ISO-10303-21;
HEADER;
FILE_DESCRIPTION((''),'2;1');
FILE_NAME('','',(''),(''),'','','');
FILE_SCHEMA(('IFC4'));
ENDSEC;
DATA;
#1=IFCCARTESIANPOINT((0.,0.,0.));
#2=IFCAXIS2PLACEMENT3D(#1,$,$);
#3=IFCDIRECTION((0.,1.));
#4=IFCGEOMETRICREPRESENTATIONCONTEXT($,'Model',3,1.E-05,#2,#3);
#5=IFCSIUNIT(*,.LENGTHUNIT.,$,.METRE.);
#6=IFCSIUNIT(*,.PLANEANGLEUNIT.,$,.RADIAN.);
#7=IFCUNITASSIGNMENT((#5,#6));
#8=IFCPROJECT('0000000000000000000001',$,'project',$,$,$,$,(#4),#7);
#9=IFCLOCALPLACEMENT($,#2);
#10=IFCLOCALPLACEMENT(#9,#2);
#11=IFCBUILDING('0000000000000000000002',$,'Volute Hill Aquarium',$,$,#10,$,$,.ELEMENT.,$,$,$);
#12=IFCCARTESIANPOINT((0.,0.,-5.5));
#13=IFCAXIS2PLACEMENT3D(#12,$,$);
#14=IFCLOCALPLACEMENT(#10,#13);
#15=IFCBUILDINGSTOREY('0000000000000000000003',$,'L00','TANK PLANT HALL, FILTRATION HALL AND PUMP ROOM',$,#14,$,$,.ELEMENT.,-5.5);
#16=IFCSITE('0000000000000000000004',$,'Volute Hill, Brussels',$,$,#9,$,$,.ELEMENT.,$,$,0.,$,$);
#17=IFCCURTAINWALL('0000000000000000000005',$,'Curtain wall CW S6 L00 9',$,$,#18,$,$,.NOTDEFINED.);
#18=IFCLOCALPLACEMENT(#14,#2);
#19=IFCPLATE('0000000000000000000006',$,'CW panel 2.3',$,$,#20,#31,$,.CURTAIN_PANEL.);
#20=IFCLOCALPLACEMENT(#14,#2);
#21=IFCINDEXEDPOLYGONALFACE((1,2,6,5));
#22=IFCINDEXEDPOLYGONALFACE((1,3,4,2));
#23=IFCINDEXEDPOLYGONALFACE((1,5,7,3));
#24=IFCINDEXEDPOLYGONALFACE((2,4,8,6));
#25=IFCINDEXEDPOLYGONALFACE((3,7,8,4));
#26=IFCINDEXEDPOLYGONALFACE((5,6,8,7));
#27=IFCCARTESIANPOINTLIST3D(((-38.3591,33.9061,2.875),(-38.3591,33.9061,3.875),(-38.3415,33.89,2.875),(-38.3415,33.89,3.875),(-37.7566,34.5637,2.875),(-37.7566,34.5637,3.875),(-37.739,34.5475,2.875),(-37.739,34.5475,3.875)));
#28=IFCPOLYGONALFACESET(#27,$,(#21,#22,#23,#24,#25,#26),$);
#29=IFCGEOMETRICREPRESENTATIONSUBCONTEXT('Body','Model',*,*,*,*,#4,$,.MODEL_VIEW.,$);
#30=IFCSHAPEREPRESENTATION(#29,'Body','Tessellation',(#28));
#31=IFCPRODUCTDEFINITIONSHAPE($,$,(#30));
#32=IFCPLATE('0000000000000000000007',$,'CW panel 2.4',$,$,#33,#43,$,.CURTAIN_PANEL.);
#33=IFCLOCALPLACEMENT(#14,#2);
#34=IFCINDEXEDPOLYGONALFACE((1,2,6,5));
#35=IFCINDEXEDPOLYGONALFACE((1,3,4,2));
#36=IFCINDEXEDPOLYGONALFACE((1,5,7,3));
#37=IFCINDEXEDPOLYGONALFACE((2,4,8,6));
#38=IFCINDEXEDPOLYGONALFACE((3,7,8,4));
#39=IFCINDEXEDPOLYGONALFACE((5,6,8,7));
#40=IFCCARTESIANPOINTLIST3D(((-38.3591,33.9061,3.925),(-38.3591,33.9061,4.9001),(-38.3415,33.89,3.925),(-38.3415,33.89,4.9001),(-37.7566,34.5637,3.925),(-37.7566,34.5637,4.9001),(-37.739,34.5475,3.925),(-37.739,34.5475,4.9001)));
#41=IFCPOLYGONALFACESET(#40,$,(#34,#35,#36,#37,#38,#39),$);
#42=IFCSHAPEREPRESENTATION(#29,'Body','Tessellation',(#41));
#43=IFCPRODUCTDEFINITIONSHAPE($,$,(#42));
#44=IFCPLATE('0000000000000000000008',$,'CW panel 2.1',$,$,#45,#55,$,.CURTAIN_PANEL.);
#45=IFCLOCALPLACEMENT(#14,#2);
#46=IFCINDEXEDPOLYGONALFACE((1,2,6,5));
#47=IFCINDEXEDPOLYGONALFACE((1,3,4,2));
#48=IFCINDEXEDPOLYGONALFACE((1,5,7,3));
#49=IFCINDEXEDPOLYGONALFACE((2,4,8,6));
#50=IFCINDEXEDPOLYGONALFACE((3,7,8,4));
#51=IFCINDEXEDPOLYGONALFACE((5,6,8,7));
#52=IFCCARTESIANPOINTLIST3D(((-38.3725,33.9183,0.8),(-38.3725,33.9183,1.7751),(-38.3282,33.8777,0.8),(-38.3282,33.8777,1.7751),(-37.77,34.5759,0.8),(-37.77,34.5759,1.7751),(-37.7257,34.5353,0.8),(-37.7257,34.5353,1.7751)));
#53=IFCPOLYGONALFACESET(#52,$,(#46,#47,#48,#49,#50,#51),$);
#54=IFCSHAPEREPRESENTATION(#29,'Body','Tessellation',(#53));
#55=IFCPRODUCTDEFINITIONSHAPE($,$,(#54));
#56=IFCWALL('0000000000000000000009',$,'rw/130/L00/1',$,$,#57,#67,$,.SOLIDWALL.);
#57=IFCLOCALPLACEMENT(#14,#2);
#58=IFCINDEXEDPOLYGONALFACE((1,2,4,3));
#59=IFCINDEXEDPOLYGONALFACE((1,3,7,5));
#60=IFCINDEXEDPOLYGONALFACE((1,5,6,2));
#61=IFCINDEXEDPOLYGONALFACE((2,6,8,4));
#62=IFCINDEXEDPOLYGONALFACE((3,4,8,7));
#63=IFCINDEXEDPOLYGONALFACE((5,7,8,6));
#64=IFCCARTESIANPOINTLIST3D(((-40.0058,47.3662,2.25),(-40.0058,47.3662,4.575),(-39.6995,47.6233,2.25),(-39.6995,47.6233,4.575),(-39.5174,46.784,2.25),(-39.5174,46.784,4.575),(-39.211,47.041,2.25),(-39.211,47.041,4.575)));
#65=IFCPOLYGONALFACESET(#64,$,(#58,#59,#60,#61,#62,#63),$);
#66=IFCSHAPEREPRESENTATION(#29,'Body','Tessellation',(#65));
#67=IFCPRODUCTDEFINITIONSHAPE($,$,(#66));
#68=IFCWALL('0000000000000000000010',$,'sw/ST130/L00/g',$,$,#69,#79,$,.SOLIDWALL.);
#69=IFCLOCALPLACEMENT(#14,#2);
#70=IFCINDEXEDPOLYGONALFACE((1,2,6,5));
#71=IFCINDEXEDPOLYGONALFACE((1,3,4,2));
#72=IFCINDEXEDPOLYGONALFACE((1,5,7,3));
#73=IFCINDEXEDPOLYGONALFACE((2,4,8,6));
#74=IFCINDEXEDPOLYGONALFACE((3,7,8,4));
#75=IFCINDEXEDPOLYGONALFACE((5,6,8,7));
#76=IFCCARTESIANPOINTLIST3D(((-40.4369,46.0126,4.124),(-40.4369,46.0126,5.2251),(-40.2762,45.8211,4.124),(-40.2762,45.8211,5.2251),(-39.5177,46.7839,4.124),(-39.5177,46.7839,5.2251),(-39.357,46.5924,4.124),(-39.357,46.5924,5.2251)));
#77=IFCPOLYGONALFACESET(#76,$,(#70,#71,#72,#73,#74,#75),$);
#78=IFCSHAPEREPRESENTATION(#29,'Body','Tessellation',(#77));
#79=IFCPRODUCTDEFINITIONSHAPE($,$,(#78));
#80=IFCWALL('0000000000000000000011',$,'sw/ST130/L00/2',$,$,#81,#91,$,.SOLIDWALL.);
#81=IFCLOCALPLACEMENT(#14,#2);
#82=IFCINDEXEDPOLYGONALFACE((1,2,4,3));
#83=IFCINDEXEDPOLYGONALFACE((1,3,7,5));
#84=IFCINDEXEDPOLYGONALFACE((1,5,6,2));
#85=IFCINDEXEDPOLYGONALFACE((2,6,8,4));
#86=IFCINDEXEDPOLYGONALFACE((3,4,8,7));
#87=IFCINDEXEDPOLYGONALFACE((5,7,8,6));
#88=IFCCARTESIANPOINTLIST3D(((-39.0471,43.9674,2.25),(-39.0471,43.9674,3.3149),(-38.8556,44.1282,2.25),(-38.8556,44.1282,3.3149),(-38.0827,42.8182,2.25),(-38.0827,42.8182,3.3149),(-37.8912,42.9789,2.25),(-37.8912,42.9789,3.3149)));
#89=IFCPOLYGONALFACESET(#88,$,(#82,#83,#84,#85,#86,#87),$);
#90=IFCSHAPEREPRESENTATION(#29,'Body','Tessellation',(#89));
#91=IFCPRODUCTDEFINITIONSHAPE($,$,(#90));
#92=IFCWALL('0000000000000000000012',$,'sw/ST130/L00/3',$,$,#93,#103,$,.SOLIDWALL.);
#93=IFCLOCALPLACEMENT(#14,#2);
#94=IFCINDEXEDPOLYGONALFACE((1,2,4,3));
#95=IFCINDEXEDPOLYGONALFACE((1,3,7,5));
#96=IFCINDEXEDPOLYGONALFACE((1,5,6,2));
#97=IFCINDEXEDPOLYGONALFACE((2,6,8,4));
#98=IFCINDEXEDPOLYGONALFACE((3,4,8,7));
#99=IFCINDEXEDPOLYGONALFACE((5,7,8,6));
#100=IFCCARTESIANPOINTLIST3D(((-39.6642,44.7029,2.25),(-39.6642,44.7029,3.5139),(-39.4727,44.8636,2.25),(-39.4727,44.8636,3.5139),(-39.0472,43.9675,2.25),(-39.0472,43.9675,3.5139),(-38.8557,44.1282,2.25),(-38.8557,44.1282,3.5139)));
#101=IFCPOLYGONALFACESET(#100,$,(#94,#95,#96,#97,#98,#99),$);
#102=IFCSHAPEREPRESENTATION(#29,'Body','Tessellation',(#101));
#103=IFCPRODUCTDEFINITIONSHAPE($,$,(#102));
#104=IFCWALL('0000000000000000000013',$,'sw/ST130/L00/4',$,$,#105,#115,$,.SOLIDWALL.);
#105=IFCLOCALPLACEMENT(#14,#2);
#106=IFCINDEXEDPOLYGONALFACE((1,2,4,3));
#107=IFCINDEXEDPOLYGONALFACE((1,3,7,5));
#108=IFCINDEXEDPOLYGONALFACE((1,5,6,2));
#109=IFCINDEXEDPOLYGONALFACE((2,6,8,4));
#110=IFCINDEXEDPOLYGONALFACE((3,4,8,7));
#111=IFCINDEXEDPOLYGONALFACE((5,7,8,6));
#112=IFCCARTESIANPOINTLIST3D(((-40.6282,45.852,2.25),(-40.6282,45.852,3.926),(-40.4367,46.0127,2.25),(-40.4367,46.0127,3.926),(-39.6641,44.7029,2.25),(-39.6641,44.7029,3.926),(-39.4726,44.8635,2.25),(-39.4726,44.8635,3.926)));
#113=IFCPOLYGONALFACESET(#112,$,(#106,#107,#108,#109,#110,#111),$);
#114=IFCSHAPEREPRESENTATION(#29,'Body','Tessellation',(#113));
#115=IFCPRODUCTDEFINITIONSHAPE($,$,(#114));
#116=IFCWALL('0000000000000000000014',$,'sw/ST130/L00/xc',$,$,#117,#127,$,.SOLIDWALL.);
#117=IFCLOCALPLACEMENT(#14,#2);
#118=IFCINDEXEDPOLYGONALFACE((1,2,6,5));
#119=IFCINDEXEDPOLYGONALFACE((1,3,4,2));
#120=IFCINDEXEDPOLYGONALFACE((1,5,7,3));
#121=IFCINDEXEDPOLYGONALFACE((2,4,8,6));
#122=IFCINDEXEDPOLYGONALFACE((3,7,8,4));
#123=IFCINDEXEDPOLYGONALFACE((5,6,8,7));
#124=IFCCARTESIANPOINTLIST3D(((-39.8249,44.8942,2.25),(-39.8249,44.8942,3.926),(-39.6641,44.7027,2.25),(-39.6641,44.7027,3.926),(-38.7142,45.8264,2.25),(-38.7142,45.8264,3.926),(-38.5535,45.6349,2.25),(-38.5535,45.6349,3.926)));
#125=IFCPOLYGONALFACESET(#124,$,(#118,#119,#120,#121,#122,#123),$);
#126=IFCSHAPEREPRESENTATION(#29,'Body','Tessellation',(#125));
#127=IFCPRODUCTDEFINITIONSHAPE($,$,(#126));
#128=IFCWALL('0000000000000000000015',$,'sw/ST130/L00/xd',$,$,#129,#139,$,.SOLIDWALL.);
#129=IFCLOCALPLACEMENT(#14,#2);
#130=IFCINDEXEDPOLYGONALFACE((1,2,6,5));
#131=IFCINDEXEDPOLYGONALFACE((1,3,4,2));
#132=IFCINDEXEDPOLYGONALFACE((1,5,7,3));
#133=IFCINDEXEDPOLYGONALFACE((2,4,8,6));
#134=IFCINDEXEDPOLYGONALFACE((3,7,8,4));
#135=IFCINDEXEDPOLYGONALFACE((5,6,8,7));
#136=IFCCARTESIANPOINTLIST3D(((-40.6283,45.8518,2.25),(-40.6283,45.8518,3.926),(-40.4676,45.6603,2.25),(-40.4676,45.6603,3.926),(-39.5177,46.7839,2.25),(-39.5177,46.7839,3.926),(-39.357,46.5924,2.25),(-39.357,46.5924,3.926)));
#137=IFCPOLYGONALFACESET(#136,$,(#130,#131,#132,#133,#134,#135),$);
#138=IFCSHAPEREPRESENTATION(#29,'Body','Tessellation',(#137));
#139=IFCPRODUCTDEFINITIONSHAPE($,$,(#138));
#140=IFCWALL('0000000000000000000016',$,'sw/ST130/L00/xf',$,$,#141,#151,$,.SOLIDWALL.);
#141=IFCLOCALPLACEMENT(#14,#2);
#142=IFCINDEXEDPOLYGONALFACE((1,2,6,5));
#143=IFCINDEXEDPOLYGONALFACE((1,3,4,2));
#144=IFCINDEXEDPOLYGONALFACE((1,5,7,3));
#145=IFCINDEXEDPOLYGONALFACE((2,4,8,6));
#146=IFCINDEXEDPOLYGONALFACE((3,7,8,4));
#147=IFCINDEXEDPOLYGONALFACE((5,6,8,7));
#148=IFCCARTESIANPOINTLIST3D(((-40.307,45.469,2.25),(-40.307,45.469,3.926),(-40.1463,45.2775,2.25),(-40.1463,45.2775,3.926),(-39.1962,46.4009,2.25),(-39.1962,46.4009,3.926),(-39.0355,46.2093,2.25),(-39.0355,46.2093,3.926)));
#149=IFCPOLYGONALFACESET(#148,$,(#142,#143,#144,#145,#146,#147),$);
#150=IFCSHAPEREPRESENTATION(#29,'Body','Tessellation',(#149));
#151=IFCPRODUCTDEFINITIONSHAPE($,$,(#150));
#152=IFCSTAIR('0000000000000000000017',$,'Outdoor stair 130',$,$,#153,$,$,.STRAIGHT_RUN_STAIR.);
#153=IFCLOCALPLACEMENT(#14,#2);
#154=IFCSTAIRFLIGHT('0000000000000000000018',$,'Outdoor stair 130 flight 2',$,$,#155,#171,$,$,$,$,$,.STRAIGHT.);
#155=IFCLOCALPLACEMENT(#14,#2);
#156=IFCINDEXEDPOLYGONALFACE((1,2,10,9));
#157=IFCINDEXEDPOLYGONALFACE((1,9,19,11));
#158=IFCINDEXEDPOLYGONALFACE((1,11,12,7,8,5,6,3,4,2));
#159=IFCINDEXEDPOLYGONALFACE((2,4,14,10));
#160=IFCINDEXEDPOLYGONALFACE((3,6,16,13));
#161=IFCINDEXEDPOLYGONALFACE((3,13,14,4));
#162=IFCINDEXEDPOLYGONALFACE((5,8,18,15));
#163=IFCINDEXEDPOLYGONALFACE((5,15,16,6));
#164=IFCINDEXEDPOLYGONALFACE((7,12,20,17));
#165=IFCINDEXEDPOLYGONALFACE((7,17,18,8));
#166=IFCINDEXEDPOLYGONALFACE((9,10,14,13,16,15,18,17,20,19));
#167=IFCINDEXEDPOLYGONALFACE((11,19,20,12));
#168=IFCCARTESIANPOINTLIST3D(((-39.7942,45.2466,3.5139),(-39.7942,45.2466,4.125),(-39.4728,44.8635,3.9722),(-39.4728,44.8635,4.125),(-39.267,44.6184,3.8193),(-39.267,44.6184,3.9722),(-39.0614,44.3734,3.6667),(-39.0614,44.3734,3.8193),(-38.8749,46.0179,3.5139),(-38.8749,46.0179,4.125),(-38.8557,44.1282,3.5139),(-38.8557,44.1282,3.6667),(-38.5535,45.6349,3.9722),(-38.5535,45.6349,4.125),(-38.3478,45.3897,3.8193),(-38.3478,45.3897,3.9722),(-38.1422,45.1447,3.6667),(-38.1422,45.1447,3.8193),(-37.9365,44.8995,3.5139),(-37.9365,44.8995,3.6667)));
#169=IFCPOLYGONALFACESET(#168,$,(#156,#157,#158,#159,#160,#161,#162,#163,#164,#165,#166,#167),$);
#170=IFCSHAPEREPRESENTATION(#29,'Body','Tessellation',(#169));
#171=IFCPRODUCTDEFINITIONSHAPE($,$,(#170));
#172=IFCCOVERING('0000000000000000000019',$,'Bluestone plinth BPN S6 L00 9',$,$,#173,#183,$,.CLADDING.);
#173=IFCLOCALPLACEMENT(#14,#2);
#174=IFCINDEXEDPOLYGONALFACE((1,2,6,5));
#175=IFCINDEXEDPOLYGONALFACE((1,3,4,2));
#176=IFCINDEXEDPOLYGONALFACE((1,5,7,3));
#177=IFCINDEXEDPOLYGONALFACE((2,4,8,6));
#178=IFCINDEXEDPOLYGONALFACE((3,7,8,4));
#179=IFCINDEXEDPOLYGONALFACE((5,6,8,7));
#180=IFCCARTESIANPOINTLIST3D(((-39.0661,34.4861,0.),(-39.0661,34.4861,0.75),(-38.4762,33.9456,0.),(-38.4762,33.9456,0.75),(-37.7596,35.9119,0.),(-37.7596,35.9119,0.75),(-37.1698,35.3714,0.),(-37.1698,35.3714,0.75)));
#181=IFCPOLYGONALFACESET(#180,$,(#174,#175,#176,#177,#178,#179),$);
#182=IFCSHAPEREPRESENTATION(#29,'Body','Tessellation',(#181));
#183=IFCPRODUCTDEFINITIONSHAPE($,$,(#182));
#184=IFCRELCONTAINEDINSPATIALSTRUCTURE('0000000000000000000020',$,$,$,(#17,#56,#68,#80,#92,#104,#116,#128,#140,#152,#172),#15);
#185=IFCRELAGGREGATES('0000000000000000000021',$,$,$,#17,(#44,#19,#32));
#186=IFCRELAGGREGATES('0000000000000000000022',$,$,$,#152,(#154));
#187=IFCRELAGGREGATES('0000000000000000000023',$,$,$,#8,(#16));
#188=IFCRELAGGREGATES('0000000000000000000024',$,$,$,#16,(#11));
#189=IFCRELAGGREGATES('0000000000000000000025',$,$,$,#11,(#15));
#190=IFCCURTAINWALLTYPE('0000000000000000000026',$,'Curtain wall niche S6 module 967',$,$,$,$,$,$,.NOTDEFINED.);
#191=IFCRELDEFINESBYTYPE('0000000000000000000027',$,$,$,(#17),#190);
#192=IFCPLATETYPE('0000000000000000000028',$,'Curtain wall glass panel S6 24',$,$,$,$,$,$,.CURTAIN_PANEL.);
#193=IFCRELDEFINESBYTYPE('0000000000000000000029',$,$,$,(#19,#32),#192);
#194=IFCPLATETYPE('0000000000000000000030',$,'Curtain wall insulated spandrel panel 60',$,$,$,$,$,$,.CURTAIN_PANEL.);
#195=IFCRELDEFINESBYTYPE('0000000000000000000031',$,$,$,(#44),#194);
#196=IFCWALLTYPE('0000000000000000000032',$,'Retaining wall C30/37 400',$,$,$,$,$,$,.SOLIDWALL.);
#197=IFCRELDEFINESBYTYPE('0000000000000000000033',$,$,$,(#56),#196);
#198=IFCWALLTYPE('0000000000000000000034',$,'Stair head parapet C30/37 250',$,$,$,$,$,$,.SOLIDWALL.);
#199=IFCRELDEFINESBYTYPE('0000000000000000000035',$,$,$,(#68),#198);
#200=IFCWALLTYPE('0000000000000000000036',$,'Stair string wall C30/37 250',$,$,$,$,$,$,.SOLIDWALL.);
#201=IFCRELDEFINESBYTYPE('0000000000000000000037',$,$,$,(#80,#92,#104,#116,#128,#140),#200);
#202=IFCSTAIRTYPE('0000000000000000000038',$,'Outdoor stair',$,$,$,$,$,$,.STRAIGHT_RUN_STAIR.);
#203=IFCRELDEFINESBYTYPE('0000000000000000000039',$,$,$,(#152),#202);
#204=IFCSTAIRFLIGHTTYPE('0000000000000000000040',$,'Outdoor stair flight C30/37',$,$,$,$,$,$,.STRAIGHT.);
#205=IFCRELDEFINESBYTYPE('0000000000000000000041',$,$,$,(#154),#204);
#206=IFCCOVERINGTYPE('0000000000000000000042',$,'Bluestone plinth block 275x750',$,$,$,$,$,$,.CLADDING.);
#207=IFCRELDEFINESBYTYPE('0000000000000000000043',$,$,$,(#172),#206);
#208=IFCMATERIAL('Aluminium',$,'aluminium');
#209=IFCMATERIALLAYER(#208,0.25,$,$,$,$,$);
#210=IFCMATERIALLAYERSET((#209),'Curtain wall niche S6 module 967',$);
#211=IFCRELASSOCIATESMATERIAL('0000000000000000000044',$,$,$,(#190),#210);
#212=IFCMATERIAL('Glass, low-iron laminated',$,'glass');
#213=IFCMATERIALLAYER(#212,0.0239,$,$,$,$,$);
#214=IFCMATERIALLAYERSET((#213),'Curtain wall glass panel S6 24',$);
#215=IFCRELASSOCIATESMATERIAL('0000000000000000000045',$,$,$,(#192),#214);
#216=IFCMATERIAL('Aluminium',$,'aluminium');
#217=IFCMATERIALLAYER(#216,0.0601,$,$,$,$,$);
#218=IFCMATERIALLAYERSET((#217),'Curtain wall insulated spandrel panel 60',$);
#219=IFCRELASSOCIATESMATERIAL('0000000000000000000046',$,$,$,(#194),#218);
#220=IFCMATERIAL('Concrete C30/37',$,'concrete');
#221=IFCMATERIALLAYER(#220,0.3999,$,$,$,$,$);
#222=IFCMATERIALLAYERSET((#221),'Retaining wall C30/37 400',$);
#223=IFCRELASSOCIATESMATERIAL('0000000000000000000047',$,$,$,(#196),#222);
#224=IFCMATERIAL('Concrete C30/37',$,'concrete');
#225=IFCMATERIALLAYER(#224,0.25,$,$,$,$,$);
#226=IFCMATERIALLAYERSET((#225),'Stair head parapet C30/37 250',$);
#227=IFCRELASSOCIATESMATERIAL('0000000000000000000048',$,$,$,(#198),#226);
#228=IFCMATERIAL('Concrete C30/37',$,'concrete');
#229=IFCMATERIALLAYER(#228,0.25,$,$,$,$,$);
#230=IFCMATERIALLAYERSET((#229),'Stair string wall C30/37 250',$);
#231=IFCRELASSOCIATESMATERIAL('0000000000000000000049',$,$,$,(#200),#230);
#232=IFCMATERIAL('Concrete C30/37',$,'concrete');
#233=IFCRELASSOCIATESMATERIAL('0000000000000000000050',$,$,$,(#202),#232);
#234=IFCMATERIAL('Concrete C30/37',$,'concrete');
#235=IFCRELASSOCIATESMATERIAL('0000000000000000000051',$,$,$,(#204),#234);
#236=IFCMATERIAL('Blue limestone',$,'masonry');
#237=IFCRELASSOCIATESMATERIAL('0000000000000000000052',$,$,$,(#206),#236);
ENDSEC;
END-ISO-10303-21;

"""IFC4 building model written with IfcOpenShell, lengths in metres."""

from ifc_helpers import new_model, si_unit, direction, frame, frame_2d, origin, origin_2d, place, context, subcontext, project, spatial, polyline, rectangle, outline, extrude, material, layer, layer_set, type_object, element, aggregate, save


model = new_model("IFC4")

# Units and contexts
model_context = context("Model", 3, precision=1e-05, world=origin(), true_north=direction((0.0, 1.0)))
body_context = subcontext(model_context, "Body", "Model", "MODEL_VIEW")
ifc_project = project(units=[si_unit("LENGTHUNIT", "METRE"), si_unit("PLANEANGLEUNIT", "RADIAN")], contexts=[model_context])

# Site, building, storey
site_placement = place(None, origin())
site = spatial("IfcSite", under=ifc_project, at=site_placement, Name="Volute Hill, Brussels", CompositionType="ELEMENT", RefElevation=0.0)
building_placement = place(site_placement, origin())
building = spatial("IfcBuilding", under=site, at=building_placement, Name="Volute Hill Aquarium", CompositionType="ELEMENT")
storey_placement = place(building_placement, frame((0.0, 0.0, -5.5)))
storey = spatial("IfcBuildingStorey", under=building, at=storey_placement, Name="L00", Description="TANK PLANT HALL, FILTRATION HALL AND PUMP ROOM", CompositionType="ELEMENT", Elevation=-5.5)

# Curtain wall, plates
ifc_material_1 = material(Name="Aluminium", Category="aluminium")
ifc_layer_1 = layer(ifc_material_1, 0.25)
ifc_layer_set_1 = layer_set([ifc_layer_1], Name="Curtain wall niche S6 module 967")
curtain_wall_type = type_object("IfcCurtainWallType", Name="Curtain wall niche S6 module 967", PredefinedType="NOTDEFINED", material=ifc_layer_set_1)
curtain_wall_placement = place(storey_placement, origin())
curtain_wall = element("IfcCurtainWall", 1, at=curtain_wall_placement, inside=storey, type_object=curtain_wall_type, Name="Curtain wall CW S6 L00 9", PredefinedType="NOTDEFINED")
ifc_material_2 = material(Name="Glass, low-iron laminated", Category="glass")
ifc_layer_2 = layer(ifc_material_2, 0.0239)
ifc_layer_set_2 = layer_set([ifc_layer_2], Name="Curtain wall glass panel S6 24")
plate_type_1 = type_object("IfcPlateType", Name="Curtain wall glass panel S6 24", PredefinedType="CURTAIN_PANEL", material=ifc_layer_set_2)
plate_1_placement = place(storey_placement, frame((-38.0491, 34.2268, 2.875), z_axis=(0.0, 0.0, 1.0), x_axis=(-0.675582, -0.737285, 0.0)))
plate_1 = element("IfcPlate", 2, at=plate_1_placement, type_object=plate_type_1, Name="CW panel 2.3", PredefinedType="CURTAIN_PANEL", context=body_context, shape_type="SweptSolid", body=[
    extrude(rectangle(XDim=0.8918, YDim=0.0239, at=origin_2d()), origin(), (0.0, 0.0, 1.0), 1.0),
])
plate_2_placement = place(storey_placement, frame((-38.0491, 34.2268, 3.925), z_axis=(0.0, 0.0, 1.0), x_axis=(-0.675582, -0.737285, 0.0)))
plate_2 = element("IfcPlate", 3, at=plate_2_placement, type_object=plate_type_1, Name="CW panel 2.4", PredefinedType="CURTAIN_PANEL", context=body_context, shape_type="SweptSolid", body=[
    extrude(rectangle(XDim=0.8918, YDim=0.0239, at=origin_2d()), origin(), (0.0, 0.0, 1.0), 0.9751),
])
ifc_material_3 = material(Name="Aluminium", Category="aluminium")
ifc_layer_3 = layer(ifc_material_3, 0.0601)
ifc_layer_set_3 = layer_set([ifc_layer_3], Name="Curtain wall insulated spandrel panel 60")
plate_type_2 = type_object("IfcPlateType", Name="Curtain wall insulated spandrel panel 60", PredefinedType="CURTAIN_PANEL", material=ifc_layer_set_3)
plate_3_placement = place(storey_placement, frame((-38.0491, 34.2268, 0.8), z_axis=(0.0, 0.0, 1.0), x_axis=(-0.675582, -0.737285, 0.0)))
plate_3 = element("IfcPlate", 4, at=plate_3_placement, type_object=plate_type_2, Name="CW panel 2.1", PredefinedType="CURTAIN_PANEL", context=body_context, shape_type="SweptSolid", body=[
    extrude(rectangle(XDim=0.8918, YDim=0.0601, at=origin_2d()), origin(), (0.0, 0.0, 1.0), 0.9751),
])
aggregate(curtain_wall, [plate_3, plate_1, plate_2])

# Walls
ifc_material_4 = material(Name="Concrete C30/37", Category="concrete")
ifc_layer_4 = layer(ifc_material_4, 0.3999)
ifc_layer_set_4 = layer_set([ifc_layer_4], Name="Retaining wall C30/37 400")
wall_type_1 = type_object("IfcWallType", Name="Retaining wall C30/37 400", PredefinedType="SOLIDWALL", material=ifc_layer_set_4)
wall_1_placement = place(storey_placement, frame((-39.3643, 46.9126, 2.25), z_axis=(0.0, 0.0, 1.0), x_axis=(-0.64274, 0.766084, 0.0)))
element("IfcWall", 5, at=wall_1_placement, inside=storey, type_object=wall_type_1, Name="rw/130/L00/1", PredefinedType="SOLIDWALL", context=body_context, shape_type="SweptSolid", body=[
    extrude(rectangle(XDim=0.76, YDim=0.3999, at=frame_2d((0.3799, 0.0))), origin(), (0.0, 0.0, 1.0), 2.325),
])
ifc_material_5 = material(Name="Concrete C30/37", Category="concrete")
ifc_layer_5 = layer(ifc_material_5, 0.25)
ifc_layer_set_5 = layer_set([ifc_layer_5], Name="Stair head parapet C30/37 250")
wall_type_2 = type_object("IfcWallType", Name="Stair head parapet C30/37 250", PredefinedType="SOLIDWALL", material=ifc_layer_set_5)
wall_2_placement = place(storey_placement, frame((-39.4373, 46.6882, 4.124), z_axis=(0.0, 0.0, 1.0), x_axis=(-0.766065, -0.642763, 0.0)))
element("IfcWall", 6, at=wall_2_placement, inside=storey, type_object=wall_type_2, Name="sw/ST130/L00/g", PredefinedType="SOLIDWALL", context=body_context, shape_type="SweptSolid", body=[
    extrude(rectangle(XDim=1.2, YDim=0.25, at=frame_2d((0.6001, 0.0))), origin(), (0.0, 0.0, 1.0), 1.1011),
])
ifc_material_6 = material(Name="Concrete C30/37", Category="concrete")
ifc_layer_6 = layer(ifc_material_6, 0.25)
ifc_layer_set_6 = layer_set([ifc_layer_6], Name="Stair string wall C30/37 250")
wall_type_3 = type_object("IfcWallType", Name="Stair string wall C30/37 250", PredefinedType="SOLIDWALL", material=ifc_layer_set_6)
wall_3_placement = place(storey_placement, frame((-37.9871, 42.8987, 2.25), z_axis=(0.0, 0.0, 1.0), x_axis=(-0.642822, 0.766016, 0.0)))
element("IfcWall", 7, at=wall_3_placement, inside=storey, type_object=wall_type_3, Name="sw/ST130/L00/2", PredefinedType="SOLIDWALL", context=body_context, shape_type="SweptSolid", body=[
    extrude(rectangle(XDim=1.5002, YDim=0.25, at=frame_2d((0.75, 0.0))), origin(), (0.0, 0.0, 1.0), 1.0649),
])
wall_4_placement = place(storey_placement, frame((-38.9514, 44.0479, 2.25), z_axis=(0.0, 0.0, 1.0), x_axis=(-0.642733, 0.766091, 0.0)))
element("IfcWall", 8, at=wall_4_placement, inside=storey, type_object=wall_type_3, Name="sw/ST130/L00/3", PredefinedType="SOLIDWALL", context=body_context, shape_type="SweptSolid", body=[
    extrude(rectangle(XDim=0.96, YDim=0.25, at=frame_2d((0.48, 0.0))), origin(), (0.0, 0.0, 1.0), 1.2639),
])
wall_5_placement = place(storey_placement, frame((-39.5684, 44.7832, 2.25), z_axis=(0.0, 0.0, 1.0), x_axis=(-0.642726, 0.766096, 0.0)))
element("IfcWall", 9, at=wall_5_placement, inside=storey, type_object=wall_type_3, Name="sw/ST130/L00/4", PredefinedType="SOLIDWALL", context=body_context, shape_type="SweptSolid", body=[
    extrude(rectangle(XDim=1.5, YDim=0.25, at=frame_2d((0.75, 0.0))), origin(), (0.0, 0.0, 1.0), 1.676),
])
for number, where, z_axis, x_axis, name in (
    (10, (-38.6338, 45.7307, 2.25), (0.0, 0.0, 1.0), (-0.765967, -0.64288, 0.0), "sw/ST130/L00/xc"),
    (11, (-39.4373, 46.6882, 2.25), (0.0, 0.0, 1.0), (-0.765967, -0.64288, 0.0), "sw/ST130/L00/xd"),
    (12, (-39.1157, 46.3052, 2.25), (0.0, 0.0, 1.0), (-0.766119, -0.642698, 0.0), "sw/ST130/L00/xf"),
):
    element("IfcWall", number, at=place(storey_placement, frame(where, z_axis=z_axis, x_axis=x_axis)), inside=storey, type_object=wall_type_3, Name=name, PredefinedType="SOLIDWALL", context=body_context, shape_type="SweptSolid", body=[
        extrude(rectangle(XDim=1.45, YDim=0.25, at=frame_2d((0.7251, 0.0))), origin(), (0.0, 0.0, 1.0), 1.676),
    ])

# Stair, stair flight
ifc_material_7 = material(Name="Concrete C30/37", Category="concrete")
stair_type = type_object("IfcStairType", Name="Outdoor stair", PredefinedType="STRAIGHT_RUN_STAIR", material=ifc_material_7)
stair_placement = place(storey_placement, origin())
stair = element("IfcStair", 13, at=stair_placement, inside=storey, type_object=stair_type, Name="Outdoor stair 130", PredefinedType="STRAIGHT_RUN_STAIR")
ifc_material_8 = material(Name="Concrete C30/37", Category="concrete")
stair_flight_type = type_object("IfcStairFlightType", Name="Outdoor stair flight C30/37", PredefinedType="STRAIGHT", material=ifc_material_8)
stair_flight_placement = place(storey_placement, frame((-38.396, 44.5139, 3.5139), z_axis=(0.0, 0.0, 1.0), x_axis=(-0.642796, 0.766037, 0.0)))
stair_flight = element("IfcStairFlight", 14, at=stair_flight_placement, type_object=stair_flight_type, Name="Outdoor stair 130 flight 2", PredefinedType="STRAIGHT", context=body_context, shape_type="SweptSolid", body=[
    extrude(outline(polyline([(0.0, 0.0), (1.46, 0.0), (1.46, 0.6111), (0.96, 0.6111), (0.96, 0.4583), (0.6399, 0.4583), (0.6399, 0.3054), (0.3201, 0.3054), (0.3201, 0.1528), (0.0, 0.1528), (0.0, 0.0), (0.0, 0.0)])), frame((0.0, 0.6001, 0.0), z_axis=(0.0, -1.0, 0.0), x_axis=(1.0, 0.0, 0.0)), (0.0, 0.0, 1.0), 1.2),
])
aggregate(stair, [stair_flight])

# Covering
ifc_material_9 = material(Name="Blue limestone", Category="masonry")
covering_type_1 = type_object("IfcCoveringType", Name="Bluestone plinth block 275x750", PredefinedType="CLADDING", material=ifc_material_9)
covering_1_placement = place(storey_placement, frame((-38.1179, 34.9287, 0.0), z_axis=(0.0, 0.0, 1.0), x_axis=(-0.675581, -0.737286, 0.0)))
element("IfcCovering", 15, at=covering_1_placement, inside=storey, type_object=covering_type_1, Name="Bluestone plinth BPN S6 L00 9", PredefinedType="CLADDING", context=body_context, shape_type="SweptSolid", body=[
    extrude(rectangle(XDim=1.9338, YDim=0.8, at=origin_2d()), origin(), (0.0, 0.0, 1.0), 0.75),
])

save(model, "model.ifc")
